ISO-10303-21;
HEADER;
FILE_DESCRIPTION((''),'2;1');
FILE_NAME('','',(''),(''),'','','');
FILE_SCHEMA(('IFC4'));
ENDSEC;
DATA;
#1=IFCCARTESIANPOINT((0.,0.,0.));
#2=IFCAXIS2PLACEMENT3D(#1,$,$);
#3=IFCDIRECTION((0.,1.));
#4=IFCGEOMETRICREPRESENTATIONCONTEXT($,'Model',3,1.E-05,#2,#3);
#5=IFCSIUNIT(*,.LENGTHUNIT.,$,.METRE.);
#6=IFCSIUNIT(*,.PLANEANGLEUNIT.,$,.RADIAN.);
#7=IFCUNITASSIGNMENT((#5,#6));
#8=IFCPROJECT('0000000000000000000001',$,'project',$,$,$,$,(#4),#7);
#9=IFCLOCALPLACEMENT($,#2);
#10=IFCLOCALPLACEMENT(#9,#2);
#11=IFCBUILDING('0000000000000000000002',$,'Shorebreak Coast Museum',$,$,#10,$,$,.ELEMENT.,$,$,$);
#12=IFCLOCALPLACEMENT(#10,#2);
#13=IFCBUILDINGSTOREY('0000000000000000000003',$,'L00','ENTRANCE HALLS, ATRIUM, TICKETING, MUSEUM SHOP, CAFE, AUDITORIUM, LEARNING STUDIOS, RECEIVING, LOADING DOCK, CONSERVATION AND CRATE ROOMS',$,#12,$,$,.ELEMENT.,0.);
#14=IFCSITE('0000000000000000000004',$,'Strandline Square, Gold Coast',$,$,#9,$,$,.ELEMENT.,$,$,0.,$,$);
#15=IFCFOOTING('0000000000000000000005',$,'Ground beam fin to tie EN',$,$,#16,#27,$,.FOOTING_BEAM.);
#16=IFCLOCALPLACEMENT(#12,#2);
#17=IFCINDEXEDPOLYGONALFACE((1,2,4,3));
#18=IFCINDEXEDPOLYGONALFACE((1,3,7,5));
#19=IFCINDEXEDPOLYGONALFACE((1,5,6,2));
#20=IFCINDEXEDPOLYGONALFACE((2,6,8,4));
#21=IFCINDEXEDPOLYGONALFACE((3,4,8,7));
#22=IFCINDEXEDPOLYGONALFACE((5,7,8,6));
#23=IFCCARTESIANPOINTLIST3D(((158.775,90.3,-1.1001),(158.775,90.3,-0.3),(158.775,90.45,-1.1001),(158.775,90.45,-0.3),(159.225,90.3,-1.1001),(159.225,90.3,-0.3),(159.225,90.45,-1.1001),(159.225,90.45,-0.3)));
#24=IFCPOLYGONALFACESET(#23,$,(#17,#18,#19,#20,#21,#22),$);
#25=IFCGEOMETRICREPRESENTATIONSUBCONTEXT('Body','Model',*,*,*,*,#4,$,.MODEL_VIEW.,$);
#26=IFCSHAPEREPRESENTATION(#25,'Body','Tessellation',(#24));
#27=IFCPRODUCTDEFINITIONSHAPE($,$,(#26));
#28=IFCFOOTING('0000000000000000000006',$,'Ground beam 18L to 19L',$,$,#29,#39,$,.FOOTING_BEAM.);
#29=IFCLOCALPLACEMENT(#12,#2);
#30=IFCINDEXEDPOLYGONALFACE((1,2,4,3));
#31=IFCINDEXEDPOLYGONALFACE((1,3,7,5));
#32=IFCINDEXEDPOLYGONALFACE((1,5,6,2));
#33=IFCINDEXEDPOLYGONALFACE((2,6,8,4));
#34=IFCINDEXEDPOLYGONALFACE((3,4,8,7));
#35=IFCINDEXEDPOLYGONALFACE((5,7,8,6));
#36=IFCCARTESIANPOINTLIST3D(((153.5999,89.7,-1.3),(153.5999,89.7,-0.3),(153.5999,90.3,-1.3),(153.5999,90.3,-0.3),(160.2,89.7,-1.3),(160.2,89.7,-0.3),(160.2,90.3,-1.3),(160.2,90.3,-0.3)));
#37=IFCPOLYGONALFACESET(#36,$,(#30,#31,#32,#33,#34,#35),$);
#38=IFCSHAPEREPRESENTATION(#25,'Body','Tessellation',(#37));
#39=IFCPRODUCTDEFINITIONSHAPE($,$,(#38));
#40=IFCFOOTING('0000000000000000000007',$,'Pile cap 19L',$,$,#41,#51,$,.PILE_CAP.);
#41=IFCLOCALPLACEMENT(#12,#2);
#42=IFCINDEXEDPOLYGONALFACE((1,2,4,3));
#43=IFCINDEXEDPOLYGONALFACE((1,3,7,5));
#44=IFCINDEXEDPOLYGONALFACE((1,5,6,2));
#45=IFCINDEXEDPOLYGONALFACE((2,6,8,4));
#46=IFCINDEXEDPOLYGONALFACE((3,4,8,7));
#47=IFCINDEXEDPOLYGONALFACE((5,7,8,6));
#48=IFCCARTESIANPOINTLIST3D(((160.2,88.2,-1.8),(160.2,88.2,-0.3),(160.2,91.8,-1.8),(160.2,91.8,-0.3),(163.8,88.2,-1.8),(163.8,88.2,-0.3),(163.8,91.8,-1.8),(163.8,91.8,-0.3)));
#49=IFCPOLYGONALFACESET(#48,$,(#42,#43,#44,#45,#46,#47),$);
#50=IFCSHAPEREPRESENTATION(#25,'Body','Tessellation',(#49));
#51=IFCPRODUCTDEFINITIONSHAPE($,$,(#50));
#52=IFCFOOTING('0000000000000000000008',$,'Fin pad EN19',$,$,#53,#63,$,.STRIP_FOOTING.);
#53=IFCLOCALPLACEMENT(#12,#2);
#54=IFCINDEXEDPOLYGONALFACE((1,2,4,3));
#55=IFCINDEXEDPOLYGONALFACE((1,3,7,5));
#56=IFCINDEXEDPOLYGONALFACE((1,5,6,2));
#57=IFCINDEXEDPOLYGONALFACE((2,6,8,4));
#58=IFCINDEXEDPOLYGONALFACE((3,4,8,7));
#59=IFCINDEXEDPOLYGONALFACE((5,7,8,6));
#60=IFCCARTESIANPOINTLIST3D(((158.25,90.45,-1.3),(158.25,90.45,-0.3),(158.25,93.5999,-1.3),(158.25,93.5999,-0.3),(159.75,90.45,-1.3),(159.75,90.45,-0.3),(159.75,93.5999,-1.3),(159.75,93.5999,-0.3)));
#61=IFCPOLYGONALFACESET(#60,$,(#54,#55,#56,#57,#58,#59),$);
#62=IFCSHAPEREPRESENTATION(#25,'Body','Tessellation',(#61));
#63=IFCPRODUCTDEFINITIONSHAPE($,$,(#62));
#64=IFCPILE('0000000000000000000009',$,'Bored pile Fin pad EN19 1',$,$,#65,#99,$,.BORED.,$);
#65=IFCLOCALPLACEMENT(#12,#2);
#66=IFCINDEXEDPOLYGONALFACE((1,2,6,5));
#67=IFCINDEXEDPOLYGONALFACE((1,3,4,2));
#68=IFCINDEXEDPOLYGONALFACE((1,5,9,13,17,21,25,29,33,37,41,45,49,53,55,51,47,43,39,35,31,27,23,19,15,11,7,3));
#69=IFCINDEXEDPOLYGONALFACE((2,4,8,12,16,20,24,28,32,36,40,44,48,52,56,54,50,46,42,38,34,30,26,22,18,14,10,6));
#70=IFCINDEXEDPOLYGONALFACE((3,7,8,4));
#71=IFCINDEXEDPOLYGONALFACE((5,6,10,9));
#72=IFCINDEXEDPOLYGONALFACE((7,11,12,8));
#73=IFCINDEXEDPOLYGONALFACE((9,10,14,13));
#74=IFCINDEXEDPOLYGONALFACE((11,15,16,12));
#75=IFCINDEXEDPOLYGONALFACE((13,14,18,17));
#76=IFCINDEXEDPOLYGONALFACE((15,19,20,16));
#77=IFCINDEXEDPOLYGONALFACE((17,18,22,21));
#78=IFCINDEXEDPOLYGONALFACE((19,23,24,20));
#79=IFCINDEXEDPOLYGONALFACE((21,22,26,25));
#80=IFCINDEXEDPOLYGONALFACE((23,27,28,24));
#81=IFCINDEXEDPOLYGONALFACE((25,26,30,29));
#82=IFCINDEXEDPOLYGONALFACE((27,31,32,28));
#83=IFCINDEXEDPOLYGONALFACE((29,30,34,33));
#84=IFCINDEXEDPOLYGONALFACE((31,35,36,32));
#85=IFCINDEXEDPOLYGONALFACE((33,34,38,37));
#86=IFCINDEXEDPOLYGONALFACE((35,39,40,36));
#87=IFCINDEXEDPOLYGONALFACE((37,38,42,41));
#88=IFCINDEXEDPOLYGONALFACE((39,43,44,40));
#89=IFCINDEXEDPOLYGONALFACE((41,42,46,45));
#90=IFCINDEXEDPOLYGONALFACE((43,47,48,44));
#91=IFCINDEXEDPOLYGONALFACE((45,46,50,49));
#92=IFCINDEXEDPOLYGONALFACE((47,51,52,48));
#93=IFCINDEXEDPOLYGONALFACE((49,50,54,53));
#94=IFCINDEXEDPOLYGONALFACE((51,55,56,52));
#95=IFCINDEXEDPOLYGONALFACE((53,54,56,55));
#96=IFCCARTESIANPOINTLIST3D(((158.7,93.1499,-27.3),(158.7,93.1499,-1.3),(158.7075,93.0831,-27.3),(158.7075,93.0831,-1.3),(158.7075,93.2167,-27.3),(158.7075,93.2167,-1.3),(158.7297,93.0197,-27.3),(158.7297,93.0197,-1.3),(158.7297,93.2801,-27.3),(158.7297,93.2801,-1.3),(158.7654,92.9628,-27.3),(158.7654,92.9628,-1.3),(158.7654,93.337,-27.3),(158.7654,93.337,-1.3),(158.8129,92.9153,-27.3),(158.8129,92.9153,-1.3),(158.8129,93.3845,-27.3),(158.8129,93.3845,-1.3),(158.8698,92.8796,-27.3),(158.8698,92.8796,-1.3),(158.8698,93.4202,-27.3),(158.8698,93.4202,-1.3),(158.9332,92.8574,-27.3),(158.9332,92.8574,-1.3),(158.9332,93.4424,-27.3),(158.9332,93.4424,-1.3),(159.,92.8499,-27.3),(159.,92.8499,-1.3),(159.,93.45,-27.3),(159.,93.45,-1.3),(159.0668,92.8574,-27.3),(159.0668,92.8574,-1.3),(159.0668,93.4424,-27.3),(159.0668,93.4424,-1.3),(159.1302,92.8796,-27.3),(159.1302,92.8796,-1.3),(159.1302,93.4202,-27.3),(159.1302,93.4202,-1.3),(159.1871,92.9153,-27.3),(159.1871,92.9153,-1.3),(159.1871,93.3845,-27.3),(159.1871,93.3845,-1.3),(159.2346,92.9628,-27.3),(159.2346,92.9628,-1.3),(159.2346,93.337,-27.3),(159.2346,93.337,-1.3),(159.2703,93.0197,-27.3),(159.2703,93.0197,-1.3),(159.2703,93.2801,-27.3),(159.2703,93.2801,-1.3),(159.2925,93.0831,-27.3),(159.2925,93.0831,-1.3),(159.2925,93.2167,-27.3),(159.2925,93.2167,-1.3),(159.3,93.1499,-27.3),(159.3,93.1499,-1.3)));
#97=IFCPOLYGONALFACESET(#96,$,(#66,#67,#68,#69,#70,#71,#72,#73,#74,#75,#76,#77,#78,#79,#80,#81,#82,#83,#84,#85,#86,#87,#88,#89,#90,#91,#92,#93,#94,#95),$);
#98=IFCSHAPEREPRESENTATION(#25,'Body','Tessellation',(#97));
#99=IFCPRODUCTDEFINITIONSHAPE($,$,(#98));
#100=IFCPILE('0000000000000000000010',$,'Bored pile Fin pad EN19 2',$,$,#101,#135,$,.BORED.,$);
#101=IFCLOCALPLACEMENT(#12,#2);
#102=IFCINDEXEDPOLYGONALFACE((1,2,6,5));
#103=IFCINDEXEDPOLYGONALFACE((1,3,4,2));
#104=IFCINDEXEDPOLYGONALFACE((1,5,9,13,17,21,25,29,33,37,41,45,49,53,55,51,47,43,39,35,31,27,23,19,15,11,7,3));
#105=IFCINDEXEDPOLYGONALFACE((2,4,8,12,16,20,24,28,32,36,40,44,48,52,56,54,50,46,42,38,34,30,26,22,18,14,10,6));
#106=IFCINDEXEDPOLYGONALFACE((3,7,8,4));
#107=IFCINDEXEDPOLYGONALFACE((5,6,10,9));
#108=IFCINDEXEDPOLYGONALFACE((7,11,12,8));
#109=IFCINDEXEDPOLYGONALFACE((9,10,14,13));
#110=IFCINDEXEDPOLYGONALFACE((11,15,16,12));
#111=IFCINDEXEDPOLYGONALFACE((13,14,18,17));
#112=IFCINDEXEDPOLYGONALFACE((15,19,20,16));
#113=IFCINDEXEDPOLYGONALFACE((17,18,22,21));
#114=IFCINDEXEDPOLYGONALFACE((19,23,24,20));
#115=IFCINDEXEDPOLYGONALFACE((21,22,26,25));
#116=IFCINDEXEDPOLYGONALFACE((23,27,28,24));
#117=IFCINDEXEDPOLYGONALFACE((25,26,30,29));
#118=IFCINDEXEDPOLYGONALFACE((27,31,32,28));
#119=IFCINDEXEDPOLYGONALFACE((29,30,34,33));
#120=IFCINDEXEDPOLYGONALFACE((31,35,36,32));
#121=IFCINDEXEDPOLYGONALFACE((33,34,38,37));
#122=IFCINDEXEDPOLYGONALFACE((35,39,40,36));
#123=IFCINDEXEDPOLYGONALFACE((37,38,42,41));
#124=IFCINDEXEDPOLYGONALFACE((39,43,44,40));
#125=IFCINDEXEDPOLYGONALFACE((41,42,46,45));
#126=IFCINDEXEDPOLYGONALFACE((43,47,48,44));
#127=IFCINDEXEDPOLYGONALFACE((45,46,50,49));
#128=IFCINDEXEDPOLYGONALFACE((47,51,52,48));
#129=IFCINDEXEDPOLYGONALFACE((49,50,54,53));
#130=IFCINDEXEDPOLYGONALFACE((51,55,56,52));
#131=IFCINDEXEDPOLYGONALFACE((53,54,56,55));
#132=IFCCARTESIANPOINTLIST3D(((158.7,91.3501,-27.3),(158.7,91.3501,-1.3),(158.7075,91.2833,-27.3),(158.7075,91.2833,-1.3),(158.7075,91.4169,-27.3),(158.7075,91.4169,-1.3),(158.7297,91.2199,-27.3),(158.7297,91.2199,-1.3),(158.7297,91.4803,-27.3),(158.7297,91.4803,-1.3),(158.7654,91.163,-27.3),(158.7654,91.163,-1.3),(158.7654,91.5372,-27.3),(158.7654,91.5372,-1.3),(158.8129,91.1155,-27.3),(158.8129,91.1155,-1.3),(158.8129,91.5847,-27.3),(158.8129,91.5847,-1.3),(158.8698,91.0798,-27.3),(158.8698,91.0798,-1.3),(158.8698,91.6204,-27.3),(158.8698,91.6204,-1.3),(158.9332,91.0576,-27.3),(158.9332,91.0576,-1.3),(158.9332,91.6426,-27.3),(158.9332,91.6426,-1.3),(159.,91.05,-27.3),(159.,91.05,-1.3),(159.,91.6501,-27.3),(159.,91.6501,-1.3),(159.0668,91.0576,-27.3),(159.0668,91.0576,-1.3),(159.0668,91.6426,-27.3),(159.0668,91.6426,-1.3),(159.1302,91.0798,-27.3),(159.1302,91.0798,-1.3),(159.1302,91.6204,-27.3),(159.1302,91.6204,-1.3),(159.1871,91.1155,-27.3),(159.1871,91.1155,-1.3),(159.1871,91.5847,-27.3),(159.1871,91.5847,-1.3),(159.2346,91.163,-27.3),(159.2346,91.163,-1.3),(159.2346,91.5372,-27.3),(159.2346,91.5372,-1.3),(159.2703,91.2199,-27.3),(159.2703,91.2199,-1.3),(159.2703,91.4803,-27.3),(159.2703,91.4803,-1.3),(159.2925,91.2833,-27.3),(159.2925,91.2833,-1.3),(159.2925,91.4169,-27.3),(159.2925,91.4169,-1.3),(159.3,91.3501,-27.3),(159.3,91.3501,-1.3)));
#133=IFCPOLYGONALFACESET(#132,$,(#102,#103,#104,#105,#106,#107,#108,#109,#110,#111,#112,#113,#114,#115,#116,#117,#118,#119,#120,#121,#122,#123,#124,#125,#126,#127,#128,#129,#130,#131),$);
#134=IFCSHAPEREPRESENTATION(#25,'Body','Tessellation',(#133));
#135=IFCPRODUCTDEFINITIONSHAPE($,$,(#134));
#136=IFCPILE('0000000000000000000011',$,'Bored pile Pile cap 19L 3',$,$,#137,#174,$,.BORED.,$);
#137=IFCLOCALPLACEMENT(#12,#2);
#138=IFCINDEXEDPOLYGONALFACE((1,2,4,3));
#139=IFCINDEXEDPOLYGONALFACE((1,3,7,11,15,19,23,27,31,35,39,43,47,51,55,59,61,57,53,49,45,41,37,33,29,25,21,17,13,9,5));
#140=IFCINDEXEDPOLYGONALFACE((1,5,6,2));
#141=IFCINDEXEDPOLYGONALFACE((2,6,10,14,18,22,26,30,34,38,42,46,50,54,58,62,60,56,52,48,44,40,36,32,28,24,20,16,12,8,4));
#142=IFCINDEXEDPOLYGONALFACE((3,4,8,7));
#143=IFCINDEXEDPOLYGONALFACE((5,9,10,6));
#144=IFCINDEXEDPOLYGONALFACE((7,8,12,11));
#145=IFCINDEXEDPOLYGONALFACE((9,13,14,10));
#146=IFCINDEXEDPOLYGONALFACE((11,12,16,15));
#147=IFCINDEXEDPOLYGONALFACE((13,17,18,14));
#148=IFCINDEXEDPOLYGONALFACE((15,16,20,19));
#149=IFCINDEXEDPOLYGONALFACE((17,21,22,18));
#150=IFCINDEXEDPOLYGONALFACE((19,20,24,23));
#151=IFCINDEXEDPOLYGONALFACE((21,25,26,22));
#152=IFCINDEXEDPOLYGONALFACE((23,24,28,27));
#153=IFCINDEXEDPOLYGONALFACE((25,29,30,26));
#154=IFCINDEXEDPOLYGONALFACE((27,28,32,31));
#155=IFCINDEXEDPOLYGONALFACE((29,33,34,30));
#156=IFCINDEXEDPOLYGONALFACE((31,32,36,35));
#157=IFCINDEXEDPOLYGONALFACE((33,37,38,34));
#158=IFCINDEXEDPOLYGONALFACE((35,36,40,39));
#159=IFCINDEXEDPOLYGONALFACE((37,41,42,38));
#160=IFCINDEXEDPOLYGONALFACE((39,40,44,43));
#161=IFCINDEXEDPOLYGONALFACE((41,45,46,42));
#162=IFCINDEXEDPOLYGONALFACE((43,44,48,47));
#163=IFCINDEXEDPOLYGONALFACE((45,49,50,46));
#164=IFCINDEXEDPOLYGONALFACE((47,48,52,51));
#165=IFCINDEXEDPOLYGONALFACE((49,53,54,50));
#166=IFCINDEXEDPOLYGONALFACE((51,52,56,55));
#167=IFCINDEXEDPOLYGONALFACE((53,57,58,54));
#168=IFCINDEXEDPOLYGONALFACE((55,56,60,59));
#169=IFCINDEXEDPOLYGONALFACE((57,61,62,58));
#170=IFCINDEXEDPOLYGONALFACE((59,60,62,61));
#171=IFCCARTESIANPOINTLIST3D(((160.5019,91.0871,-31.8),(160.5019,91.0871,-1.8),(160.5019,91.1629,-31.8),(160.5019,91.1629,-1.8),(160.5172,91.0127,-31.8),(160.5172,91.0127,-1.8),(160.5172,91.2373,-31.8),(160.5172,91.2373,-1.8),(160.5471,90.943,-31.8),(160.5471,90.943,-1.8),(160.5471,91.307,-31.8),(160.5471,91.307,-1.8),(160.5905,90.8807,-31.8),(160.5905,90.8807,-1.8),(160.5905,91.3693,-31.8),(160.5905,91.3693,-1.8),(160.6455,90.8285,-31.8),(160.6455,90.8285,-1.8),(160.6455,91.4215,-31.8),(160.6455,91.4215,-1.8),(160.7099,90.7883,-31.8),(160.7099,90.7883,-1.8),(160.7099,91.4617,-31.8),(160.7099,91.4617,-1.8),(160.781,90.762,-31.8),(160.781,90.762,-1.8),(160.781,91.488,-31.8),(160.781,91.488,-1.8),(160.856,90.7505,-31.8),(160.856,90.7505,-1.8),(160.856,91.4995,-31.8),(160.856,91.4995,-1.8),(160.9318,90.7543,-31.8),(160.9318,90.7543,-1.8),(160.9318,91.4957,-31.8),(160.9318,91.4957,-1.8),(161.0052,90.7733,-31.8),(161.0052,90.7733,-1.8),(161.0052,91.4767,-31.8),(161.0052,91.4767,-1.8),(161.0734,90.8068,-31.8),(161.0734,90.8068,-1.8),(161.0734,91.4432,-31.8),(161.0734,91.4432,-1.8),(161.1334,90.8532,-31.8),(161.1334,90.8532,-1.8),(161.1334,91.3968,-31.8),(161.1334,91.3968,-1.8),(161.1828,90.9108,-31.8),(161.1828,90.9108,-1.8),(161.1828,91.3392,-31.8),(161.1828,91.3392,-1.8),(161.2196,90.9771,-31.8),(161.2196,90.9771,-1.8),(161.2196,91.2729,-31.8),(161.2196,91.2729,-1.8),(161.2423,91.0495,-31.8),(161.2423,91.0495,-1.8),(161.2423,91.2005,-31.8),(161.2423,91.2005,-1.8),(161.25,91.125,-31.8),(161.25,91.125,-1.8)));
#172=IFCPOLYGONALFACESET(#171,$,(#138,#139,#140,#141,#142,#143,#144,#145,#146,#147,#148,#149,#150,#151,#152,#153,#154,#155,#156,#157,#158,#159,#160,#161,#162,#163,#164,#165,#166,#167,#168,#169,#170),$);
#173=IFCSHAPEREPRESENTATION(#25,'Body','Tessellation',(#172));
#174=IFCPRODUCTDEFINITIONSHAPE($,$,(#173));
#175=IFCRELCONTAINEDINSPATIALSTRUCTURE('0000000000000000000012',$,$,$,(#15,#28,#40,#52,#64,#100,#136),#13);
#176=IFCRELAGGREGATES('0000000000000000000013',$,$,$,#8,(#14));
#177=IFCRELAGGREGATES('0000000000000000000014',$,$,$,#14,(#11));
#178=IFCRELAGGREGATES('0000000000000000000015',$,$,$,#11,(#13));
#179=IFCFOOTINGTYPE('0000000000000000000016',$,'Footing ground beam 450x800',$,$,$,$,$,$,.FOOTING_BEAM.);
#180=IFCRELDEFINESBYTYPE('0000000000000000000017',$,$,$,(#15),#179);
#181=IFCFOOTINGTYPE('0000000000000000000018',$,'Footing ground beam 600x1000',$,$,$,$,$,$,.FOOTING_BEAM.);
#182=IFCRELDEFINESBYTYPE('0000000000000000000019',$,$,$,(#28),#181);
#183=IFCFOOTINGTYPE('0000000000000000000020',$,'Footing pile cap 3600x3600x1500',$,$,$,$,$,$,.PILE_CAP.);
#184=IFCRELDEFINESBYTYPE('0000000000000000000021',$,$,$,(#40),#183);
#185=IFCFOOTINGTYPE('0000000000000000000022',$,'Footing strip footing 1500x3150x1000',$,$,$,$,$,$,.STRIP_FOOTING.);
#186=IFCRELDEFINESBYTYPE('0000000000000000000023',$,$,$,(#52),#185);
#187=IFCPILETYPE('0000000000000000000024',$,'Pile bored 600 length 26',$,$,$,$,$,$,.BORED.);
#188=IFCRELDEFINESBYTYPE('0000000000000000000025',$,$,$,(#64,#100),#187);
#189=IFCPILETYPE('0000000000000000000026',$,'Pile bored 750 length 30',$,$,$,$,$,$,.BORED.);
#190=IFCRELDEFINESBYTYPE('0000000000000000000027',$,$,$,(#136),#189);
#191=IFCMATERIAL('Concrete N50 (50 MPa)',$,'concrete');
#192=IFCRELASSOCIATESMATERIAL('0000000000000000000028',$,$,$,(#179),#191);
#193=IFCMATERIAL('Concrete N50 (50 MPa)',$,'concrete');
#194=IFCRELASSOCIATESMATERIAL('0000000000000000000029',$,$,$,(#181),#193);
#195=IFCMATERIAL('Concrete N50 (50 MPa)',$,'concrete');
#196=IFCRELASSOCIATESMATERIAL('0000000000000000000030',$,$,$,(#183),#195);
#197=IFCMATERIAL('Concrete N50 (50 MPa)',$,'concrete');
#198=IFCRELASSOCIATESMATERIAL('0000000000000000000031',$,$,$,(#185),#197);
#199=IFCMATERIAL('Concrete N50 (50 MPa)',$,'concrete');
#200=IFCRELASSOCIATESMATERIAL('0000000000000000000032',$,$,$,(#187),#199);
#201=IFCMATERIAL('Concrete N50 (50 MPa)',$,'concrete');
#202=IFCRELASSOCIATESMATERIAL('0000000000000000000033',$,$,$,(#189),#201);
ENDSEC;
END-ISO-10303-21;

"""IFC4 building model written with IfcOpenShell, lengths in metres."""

from ifc_helpers import new_model, si_unit, direction, frame, origin, origin_2d, place, context, subcontext, project, spatial, rectangle, circle, extrude, material, material_profile, profile_set, type_object, element, save


model = new_model("IFC4")

# Units and contexts
model_context = context("Model", 3, precision=1e-05, world=origin(), true_north=direction((0.0, 1.0)))
body_context = subcontext(model_context, "Body", "Model", "MODEL_VIEW")
ifc_project = project(units=[si_unit("LENGTHUNIT", "METRE"), si_unit("PLANEANGLEUNIT", "RADIAN")], contexts=[model_context])

# Site, building, storey
site_placement = place(None, origin())
site = spatial("IfcSite", under=ifc_project, at=site_placement, Name="Strandline Square, Gold Coast", CompositionType="ELEMENT", RefElevation=0.0)
building_placement = place(site_placement, origin())
building = spatial("IfcBuilding", under=site, at=building_placement, Name="Shorebreak Coast Museum", CompositionType="ELEMENT")
storey_placement = place(building_placement, origin())
storey = spatial("IfcBuildingStorey", under=building, at=storey_placement, Name="L00", Description="ENTRANCE HALLS, ATRIUM, TICKETING, MUSEUM SHOP, CAFE, AUDITORIUM, LEARNING STUDIOS, RECEIVING, LOADING DOCK, CONSERVATION AND CRATE ROOMS", CompositionType="ELEMENT", Elevation=0.0)

# Footings
ifc_material_1 = material(Name="Concrete N50 (50 MPa)", Category="concrete")
footing_type_1 = type_object("IfcFootingType", Name="Footing ground beam 450x800", PredefinedType="FOOTING_BEAM", material=ifc_material_1)
footing_1_placement = place(storey_placement, frame((159.0, 90.375, -1.1001), z_axis=(0.0, 0.0, 1.0), x_axis=(1.0, 0.0, 0.0)))
element("IfcFooting", 1, at=footing_1_placement, inside=storey, type_object=footing_type_1, Name="Ground beam fin to tie EN", PredefinedType="FOOTING_BEAM", context=body_context, shape_type="SweptSolid", body=[
    extrude(rectangle(XDim=0.45, YDim=0.1499, at=origin_2d()), origin(), (0.0, 0.0, 1.0), 0.8),
])
ifc_material_2 = material(Name="Concrete N50 (50 MPa)", Category="concrete")
footing_type_2 = type_object("IfcFootingType", Name="Footing ground beam 600x1000", PredefinedType="FOOTING_BEAM", material=ifc_material_2)
footing_2_placement = place(storey_placement, frame((156.8999, 90.0, -1.3), z_axis=(0.0, 0.0, 1.0), x_axis=(1.0, 0.0, 0.0)))
element("IfcFooting", 2, at=footing_2_placement, inside=storey, type_object=footing_type_2, Name="Ground beam 18L to 19L", PredefinedType="FOOTING_BEAM", context=body_context, shape_type="SweptSolid", body=[
    extrude(rectangle(XDim=6.6001, YDim=0.6001, at=origin_2d()), origin(), (0.0, 0.0, 1.0), 1.0),
])
ifc_material_3 = material(Name="Concrete N50 (50 MPa)", Category="concrete")
footing_type_3 = type_object("IfcFootingType", Name="Footing pile cap 3600x3600x1500", PredefinedType="PILE_CAP", material=ifc_material_3)
footing_3_placement = place(storey_placement, frame((162.0, 90.0, -1.8), z_axis=(0.0, 0.0, 1.0), x_axis=(1.0, 0.0, 0.0)))
element("IfcFooting", 3, at=footing_3_placement, inside=storey, type_object=footing_type_3, Name="Pile cap 19L", PredefinedType="PILE_CAP", context=body_context, shape_type="SweptSolid", body=[
    extrude(rectangle(XDim=3.6001, YDim=3.6001, at=origin_2d()), origin(), (0.0, 0.0, 1.0), 1.5),
])
ifc_material_4 = material(Name="Concrete N50 (50 MPa)", Category="concrete")
footing_type_4 = type_object("IfcFootingType", Name="Footing strip footing 1500x3150x1000", PredefinedType="STRIP_FOOTING", material=ifc_material_4)
footing_4_placement = place(storey_placement, frame((159.0, 92.0249, -1.3), z_axis=(0.0, 0.0, 1.0), x_axis=(1.0, 0.0, 0.0)))
element("IfcFooting", 4, at=footing_4_placement, inside=storey, type_object=footing_type_4, Name="Fin pad EN19", PredefinedType="STRIP_FOOTING", context=body_context, shape_type="SweptSolid", body=[
    extrude(rectangle(XDim=1.5, YDim=3.1499, at=origin_2d()), origin(), (0.0, 0.0, 1.0), 1.0),
])

# Piles
ifc_material_5 = material(Name="Concrete N50 (50 MPa)", Category="concrete")
ifc_material_profile_1 = material_profile(ifc_material_5, circle(Radius=0.3, at=origin_2d()), Name="Pile bored 600 length 26")
ifc_profile_set_1 = profile_set([ifc_material_profile_1], Name="Concrete N50 (50 MPa)")
pile_type_1 = type_object("IfcPileType", Name="Pile bored 600 length 26", PredefinedType="BORED", material=ifc_profile_set_1)
for number, where, z_axis, x_axis, name in (
    (5, (159.0, 93.1499, -1.3), (0.0, 0.0, -1.0), (1.0, 0.0, 0.0), "Bored pile Fin pad EN19 1"),
    (6, (159.0, 91.3501, -1.3), (0.0, 0.0, -1.0), (1.0, 0.0, 0.0), "Bored pile Fin pad EN19 2"),
):
    element("IfcPile", number, at=place(storey_placement, frame(where, z_axis=z_axis, x_axis=x_axis)), inside=storey, type_object=pile_type_1, Name=name, PredefinedType="BORED", context=body_context, shape_type="SweptSolid", body=[
        extrude(circle(Radius=0.3, at=origin_2d()), origin(), (0.0, 0.0, 1.0), 26.0),
    ])
ifc_material_6 = material(Name="Concrete N50 (50 MPa)", Category="concrete")
ifc_material_profile_2 = material_profile(ifc_material_6, circle(Radius=0.375, at=origin_2d()), Name="Pile bored 750 length 30")
ifc_profile_set_2 = profile_set([ifc_material_profile_2], Name="Concrete N50 (50 MPa)")
pile_type_2 = type_object("IfcPileType", Name="Pile bored 750 length 30", PredefinedType="BORED", material=ifc_profile_set_2)
for number, where, z_axis, x_axis, name in (
    (7, (160.875, 91.125, -1.8), (0.0, 0.0, -1.0), (1.0, 0.0, 0.0), "Bored pile Pile cap 19L 3"),
):
    element("IfcPile", number, at=place(storey_placement, frame(where, z_axis=z_axis, x_axis=x_axis)), inside=storey, type_object=pile_type_2, Name=name, PredefinedType="BORED", context=body_context, shape_type="SweptSolid", body=[
        extrude(circle(Radius=0.375, at=origin_2d()), origin(), (0.0, 0.0, 1.0), 30.0),
    ])

save(model, "model.ifc")
